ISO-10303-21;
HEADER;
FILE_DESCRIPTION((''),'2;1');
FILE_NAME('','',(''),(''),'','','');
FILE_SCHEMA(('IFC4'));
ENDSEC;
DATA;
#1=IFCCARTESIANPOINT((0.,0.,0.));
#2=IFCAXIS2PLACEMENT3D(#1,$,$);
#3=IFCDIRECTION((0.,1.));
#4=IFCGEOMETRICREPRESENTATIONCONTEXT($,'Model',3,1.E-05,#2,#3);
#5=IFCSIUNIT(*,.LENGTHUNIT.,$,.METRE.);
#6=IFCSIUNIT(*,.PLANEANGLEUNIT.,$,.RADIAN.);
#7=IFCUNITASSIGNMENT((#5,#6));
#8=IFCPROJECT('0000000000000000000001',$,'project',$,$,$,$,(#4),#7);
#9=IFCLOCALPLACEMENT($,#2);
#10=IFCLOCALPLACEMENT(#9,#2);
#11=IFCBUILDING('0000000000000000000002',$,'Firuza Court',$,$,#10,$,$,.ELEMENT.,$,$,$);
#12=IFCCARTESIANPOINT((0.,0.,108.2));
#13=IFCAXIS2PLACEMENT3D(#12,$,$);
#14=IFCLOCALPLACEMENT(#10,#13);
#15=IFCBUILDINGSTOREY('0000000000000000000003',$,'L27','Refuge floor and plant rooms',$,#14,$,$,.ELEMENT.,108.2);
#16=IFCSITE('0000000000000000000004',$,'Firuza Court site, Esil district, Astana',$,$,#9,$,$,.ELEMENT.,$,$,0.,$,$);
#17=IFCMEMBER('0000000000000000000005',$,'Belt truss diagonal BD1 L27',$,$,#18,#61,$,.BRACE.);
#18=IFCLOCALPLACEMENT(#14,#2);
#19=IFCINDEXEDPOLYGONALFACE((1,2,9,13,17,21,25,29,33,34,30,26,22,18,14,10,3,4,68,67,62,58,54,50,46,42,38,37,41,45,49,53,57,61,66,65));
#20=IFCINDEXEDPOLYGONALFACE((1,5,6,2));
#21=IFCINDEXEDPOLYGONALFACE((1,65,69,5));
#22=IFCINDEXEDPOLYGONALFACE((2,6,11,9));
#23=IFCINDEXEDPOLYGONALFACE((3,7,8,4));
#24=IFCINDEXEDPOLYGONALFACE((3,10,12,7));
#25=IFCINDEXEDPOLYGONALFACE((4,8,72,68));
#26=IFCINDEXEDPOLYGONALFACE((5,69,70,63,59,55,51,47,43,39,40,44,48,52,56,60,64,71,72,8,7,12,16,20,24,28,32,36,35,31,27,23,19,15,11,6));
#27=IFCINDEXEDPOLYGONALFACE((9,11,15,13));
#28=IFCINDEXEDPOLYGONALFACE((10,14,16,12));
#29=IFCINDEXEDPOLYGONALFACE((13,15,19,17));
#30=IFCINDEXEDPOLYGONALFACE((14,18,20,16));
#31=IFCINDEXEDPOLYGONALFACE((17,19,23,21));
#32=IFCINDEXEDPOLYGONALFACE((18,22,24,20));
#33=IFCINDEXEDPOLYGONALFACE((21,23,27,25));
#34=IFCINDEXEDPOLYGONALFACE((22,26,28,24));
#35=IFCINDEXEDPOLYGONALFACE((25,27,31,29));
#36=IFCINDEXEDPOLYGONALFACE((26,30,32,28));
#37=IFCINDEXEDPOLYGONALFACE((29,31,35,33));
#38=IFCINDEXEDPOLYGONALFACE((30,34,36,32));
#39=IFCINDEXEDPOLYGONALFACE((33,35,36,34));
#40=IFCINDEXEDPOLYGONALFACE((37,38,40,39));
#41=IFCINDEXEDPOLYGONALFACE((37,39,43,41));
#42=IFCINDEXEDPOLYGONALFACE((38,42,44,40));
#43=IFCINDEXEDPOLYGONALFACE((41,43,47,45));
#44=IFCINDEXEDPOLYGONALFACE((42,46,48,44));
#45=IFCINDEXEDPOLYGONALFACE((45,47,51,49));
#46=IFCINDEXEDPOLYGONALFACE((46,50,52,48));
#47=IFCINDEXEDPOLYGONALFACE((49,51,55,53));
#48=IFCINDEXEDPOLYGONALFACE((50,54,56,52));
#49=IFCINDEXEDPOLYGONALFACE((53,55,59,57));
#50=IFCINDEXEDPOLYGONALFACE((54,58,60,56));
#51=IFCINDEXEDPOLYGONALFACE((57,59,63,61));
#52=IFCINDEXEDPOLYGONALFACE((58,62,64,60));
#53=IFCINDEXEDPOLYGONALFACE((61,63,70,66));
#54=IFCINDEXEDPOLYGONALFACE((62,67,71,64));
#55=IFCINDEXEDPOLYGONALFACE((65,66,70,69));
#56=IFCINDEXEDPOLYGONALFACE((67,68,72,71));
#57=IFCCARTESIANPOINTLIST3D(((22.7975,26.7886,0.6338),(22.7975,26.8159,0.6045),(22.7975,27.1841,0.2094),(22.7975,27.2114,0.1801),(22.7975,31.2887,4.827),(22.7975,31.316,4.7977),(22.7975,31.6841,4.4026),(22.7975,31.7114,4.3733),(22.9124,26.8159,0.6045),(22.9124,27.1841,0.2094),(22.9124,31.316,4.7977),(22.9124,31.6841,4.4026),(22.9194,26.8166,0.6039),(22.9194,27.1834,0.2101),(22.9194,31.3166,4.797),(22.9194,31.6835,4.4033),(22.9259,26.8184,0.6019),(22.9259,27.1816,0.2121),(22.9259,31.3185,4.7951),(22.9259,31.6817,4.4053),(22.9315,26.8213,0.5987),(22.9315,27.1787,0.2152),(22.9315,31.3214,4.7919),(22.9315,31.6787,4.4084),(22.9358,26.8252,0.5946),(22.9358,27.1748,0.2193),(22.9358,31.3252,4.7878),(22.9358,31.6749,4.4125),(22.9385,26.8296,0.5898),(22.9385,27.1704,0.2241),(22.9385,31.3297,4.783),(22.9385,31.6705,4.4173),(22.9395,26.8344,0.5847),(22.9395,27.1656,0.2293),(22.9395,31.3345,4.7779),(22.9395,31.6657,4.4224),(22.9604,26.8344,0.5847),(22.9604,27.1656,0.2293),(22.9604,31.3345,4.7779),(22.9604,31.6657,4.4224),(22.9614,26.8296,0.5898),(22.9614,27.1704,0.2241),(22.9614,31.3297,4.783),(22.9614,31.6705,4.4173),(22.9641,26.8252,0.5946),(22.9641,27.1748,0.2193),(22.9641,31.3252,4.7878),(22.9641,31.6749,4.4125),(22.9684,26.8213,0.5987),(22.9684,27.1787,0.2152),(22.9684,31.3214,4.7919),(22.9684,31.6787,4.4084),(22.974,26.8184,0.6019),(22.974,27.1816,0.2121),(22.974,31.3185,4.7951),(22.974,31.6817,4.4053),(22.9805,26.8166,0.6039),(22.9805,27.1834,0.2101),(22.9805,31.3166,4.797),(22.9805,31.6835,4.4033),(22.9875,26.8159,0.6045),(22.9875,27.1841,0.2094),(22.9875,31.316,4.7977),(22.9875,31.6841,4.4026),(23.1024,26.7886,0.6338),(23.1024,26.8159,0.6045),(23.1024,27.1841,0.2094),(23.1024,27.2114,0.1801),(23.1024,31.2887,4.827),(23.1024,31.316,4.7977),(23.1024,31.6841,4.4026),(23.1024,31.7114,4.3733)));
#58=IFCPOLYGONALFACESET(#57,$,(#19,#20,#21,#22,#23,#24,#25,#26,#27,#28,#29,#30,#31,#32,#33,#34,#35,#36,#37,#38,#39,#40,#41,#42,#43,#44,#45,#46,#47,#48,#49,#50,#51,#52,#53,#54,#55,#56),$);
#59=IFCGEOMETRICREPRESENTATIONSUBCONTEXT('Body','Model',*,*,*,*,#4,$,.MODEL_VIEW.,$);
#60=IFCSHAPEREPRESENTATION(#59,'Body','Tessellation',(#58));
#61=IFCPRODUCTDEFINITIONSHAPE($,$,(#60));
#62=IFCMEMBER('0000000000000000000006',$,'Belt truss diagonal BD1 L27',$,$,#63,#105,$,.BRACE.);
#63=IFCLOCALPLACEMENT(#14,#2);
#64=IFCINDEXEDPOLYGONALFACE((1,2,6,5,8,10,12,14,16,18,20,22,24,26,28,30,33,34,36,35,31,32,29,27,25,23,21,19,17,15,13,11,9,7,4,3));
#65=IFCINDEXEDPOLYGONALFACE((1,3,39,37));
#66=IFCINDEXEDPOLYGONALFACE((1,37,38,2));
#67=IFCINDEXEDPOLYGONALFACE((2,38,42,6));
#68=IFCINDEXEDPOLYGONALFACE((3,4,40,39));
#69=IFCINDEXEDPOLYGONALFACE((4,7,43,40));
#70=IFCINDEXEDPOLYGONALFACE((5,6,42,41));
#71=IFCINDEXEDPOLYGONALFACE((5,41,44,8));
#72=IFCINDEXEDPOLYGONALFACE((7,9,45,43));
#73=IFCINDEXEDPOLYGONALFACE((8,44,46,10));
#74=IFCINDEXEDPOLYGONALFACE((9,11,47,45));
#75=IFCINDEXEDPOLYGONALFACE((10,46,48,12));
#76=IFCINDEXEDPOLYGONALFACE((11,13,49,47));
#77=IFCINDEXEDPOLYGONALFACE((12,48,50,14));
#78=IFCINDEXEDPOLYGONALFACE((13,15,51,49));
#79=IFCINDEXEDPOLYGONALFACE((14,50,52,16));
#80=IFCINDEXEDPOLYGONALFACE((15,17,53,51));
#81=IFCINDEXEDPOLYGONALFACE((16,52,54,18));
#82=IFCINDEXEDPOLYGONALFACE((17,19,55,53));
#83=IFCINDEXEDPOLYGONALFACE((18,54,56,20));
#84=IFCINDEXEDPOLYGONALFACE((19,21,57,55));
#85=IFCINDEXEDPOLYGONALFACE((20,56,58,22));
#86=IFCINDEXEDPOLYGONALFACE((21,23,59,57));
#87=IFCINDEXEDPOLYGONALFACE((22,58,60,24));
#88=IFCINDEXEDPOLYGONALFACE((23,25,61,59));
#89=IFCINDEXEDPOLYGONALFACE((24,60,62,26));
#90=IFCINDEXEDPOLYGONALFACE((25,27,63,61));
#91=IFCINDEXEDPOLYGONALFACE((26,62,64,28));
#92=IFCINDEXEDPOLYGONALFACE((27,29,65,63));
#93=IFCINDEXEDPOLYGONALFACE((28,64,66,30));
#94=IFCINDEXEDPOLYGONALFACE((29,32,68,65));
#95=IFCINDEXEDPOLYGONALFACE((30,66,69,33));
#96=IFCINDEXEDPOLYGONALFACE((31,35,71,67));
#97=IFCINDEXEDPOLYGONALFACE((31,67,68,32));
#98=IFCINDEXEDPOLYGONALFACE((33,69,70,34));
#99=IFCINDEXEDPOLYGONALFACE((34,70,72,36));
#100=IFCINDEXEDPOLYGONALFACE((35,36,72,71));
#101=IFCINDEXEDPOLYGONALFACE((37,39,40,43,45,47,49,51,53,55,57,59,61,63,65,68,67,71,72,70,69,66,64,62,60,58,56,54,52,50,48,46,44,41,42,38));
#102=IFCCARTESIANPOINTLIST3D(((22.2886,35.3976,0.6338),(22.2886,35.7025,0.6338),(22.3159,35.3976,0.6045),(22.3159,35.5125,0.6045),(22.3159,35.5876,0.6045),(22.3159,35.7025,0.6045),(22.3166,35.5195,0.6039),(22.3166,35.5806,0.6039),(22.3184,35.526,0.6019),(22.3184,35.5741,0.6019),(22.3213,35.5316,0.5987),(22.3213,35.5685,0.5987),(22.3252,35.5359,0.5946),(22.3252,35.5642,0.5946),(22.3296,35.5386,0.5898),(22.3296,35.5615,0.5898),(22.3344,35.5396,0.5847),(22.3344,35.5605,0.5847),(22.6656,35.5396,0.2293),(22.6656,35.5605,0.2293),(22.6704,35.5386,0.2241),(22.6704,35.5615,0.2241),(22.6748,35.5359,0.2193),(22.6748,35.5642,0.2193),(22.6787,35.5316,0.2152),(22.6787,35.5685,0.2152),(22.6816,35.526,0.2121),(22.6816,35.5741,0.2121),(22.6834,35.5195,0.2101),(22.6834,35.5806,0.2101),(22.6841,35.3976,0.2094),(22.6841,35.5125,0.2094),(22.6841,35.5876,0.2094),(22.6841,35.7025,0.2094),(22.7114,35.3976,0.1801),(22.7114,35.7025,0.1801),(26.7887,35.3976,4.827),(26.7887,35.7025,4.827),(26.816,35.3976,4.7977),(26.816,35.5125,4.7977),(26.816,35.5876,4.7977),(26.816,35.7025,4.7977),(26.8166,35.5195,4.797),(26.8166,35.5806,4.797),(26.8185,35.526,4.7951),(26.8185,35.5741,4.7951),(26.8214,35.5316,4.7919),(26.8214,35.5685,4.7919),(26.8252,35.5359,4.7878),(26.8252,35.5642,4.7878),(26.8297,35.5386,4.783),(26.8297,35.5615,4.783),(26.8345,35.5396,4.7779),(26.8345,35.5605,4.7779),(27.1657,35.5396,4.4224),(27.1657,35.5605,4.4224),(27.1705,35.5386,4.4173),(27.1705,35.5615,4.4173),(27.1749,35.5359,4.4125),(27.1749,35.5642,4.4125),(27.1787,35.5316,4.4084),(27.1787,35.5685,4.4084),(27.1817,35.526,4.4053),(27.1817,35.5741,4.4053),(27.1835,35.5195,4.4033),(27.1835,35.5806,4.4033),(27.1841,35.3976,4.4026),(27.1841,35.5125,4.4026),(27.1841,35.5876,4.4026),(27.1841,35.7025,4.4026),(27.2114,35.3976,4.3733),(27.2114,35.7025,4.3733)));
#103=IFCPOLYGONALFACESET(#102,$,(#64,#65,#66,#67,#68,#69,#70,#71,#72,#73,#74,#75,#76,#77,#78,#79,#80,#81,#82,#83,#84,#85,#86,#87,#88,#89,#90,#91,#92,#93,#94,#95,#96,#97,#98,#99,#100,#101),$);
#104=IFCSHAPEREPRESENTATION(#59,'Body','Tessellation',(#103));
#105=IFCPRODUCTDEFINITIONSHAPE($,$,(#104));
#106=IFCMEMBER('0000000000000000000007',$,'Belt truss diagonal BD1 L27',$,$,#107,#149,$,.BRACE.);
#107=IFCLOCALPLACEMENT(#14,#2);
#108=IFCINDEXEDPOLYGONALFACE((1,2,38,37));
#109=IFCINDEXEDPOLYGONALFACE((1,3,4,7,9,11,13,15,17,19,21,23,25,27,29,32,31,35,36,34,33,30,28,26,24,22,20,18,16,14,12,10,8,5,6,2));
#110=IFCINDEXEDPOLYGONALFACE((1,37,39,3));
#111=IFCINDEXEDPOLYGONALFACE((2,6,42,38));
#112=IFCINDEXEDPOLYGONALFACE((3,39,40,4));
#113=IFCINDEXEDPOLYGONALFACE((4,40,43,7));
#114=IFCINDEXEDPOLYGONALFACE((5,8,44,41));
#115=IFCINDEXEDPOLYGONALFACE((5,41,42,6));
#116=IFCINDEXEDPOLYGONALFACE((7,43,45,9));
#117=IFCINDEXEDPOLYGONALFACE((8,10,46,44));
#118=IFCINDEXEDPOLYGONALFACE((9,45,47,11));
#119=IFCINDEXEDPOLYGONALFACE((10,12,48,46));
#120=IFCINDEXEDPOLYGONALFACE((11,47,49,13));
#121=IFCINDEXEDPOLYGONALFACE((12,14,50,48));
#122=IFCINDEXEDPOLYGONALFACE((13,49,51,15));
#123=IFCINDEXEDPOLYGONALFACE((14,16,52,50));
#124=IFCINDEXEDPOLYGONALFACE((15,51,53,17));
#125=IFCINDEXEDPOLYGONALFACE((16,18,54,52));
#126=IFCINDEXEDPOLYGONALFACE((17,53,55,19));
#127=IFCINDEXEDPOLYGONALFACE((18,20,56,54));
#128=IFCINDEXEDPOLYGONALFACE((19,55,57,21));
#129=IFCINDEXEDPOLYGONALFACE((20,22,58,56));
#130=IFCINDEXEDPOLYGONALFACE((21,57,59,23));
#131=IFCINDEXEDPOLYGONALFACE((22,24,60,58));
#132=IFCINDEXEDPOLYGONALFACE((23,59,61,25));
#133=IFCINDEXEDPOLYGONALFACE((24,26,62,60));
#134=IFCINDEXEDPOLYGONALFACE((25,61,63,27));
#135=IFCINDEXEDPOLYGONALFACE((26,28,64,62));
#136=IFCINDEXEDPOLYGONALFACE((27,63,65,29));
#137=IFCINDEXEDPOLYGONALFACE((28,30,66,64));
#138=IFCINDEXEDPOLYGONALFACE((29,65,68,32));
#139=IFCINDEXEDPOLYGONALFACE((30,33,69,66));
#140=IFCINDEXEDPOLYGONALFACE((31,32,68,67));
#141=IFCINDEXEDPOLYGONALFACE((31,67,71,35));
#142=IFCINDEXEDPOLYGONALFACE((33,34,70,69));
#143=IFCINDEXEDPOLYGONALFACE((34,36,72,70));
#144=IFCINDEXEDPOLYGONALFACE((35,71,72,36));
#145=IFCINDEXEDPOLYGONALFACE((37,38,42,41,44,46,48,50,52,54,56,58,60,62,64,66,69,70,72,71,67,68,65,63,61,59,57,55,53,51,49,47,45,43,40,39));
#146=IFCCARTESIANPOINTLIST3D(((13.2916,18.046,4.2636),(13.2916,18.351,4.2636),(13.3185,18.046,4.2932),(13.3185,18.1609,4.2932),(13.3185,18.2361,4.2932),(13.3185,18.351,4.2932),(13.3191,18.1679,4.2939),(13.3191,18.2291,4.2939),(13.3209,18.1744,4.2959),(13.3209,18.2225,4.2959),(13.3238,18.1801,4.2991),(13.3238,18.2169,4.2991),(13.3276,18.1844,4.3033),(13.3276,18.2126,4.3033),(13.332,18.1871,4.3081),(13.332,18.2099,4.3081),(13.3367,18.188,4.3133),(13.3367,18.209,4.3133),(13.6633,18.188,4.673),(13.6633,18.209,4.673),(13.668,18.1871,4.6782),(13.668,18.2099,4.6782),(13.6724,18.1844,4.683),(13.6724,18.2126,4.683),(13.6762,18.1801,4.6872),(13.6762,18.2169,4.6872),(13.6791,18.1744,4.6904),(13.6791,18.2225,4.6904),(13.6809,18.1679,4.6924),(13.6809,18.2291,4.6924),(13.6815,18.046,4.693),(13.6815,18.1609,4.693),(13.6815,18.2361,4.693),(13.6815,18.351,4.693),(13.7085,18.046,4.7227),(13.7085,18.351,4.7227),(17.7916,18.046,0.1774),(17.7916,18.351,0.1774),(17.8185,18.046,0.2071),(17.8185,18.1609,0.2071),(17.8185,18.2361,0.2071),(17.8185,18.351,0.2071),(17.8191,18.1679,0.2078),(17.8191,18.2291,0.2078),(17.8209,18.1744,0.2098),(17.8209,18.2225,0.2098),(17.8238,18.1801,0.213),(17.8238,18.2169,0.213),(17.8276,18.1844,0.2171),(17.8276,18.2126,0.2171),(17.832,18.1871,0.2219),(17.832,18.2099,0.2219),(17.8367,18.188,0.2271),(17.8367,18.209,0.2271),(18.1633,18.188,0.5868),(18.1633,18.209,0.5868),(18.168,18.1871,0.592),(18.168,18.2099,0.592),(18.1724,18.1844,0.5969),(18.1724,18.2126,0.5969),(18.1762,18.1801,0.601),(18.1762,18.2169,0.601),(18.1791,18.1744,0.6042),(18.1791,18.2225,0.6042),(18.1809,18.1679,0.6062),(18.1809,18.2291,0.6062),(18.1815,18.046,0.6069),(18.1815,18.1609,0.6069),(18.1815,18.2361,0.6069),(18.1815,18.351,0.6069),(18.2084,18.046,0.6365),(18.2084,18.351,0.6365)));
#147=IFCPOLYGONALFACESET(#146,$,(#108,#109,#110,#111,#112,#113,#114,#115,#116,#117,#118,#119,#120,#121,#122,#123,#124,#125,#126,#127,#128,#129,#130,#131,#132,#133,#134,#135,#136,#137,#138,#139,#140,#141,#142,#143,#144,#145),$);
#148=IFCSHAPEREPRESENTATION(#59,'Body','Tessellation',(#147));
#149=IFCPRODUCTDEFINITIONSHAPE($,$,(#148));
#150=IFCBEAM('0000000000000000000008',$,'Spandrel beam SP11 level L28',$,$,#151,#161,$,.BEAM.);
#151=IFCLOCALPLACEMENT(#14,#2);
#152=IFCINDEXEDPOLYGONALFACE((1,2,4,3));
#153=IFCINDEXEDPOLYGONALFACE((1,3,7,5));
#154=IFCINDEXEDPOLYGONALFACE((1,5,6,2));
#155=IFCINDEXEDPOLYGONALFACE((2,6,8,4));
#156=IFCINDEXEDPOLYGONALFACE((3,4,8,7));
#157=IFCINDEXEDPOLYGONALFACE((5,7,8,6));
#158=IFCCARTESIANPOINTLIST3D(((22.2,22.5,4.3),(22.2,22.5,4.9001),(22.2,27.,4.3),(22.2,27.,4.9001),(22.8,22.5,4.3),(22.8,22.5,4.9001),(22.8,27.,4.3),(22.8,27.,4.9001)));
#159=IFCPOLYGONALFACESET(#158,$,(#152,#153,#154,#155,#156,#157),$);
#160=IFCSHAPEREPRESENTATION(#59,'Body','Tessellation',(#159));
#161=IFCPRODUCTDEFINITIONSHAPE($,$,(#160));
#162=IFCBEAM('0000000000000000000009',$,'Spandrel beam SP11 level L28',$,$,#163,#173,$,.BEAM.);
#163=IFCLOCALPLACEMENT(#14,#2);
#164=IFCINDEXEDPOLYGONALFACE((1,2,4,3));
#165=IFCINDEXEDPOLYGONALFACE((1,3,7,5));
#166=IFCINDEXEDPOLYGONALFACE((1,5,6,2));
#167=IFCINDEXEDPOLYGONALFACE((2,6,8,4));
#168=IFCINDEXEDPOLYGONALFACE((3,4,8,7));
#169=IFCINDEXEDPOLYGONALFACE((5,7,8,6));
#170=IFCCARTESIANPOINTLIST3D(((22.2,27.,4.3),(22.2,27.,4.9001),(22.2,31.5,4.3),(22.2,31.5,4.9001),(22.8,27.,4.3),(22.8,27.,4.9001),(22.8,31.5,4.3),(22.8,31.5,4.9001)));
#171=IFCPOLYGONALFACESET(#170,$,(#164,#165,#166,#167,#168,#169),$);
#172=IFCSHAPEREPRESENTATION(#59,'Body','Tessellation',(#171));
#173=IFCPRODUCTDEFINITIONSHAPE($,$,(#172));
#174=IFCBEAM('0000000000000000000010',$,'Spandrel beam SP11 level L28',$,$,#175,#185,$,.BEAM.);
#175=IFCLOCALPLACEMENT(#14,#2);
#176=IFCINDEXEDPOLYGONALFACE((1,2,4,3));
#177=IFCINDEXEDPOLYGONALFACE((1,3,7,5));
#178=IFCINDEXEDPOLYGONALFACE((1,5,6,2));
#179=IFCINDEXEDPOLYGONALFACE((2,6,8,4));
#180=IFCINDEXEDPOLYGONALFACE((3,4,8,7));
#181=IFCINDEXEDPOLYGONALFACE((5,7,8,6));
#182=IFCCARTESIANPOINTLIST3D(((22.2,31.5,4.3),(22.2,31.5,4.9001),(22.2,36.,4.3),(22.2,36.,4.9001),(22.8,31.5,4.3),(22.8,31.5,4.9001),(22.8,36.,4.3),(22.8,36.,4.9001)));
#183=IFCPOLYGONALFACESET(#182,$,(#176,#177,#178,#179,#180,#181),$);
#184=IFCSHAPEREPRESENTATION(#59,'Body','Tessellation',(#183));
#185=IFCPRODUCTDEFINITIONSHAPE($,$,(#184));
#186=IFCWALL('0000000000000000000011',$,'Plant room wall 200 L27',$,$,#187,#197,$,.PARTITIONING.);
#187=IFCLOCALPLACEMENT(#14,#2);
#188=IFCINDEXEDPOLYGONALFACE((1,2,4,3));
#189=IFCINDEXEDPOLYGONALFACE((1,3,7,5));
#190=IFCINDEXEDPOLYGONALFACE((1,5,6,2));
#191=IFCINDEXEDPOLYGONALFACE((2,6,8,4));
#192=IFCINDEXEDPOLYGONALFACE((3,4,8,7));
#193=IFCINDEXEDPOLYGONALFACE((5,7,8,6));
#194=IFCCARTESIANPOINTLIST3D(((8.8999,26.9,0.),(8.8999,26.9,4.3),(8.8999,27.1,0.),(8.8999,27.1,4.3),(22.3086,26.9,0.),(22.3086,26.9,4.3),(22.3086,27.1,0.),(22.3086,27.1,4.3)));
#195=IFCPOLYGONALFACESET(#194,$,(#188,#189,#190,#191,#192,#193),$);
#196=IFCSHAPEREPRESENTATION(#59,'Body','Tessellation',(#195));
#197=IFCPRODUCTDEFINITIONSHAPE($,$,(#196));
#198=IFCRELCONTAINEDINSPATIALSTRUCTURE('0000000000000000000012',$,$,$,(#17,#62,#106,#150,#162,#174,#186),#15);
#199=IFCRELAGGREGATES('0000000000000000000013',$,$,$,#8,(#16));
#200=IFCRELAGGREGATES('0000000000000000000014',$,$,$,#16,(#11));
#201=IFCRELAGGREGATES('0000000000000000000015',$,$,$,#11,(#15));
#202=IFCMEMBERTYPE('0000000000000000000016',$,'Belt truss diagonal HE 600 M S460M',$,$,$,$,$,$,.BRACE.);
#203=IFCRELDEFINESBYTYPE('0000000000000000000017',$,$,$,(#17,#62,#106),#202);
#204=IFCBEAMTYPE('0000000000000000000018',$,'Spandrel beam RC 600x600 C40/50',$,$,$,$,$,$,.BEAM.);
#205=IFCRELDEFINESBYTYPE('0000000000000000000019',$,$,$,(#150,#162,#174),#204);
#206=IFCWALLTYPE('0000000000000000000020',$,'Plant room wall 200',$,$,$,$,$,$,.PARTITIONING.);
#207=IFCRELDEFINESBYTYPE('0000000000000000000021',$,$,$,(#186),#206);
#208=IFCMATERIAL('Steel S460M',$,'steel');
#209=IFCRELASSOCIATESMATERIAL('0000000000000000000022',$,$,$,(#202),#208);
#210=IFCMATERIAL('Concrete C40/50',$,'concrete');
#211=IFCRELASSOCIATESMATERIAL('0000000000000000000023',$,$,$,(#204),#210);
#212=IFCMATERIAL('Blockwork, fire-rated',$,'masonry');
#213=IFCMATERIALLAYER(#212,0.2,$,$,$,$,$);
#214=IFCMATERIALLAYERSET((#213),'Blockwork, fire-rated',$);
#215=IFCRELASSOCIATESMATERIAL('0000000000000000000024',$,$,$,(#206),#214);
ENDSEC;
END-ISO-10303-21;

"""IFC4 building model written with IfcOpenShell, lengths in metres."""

from ifc_helpers import new_model, si_unit, direction, frame, frame_2d, origin, origin_2d, place, context, subcontext, project, spatial, rectangle, i_section, extrude, material, layer, layer_set, material_profile, profile_set, type_object, element, save


model = new_model("IFC4")

# Units and contexts
model_context = context("Model", 3, precision=1e-05, world=origin(), true_north=direction((0.0, 1.0)))
body_context = subcontext(model_context, "Body", "Model", "MODEL_VIEW")
ifc_project = project(units=[si_unit("LENGTHUNIT", "METRE"), si_unit("PLANEANGLEUNIT", "RADIAN")], contexts=[model_context])

# Site, building, storey
site_placement = place(None, origin())
site = spatial("IfcSite", under=ifc_project, at=site_placement, Name="Firuza Court site, Esil district, Astana", CompositionType="ELEMENT", RefElevation=0.0)
building_placement = place(site_placement, origin())
building = spatial("IfcBuilding", under=site, at=building_placement, Name="Firuza Court", CompositionType="ELEMENT")
storey_placement = place(building_placement, frame((0.0, 0.0, 108.2)))
storey = spatial("IfcBuildingStorey", under=building, at=storey_placement, Name="L27", Description="Refuge floor and plant rooms", CompositionType="ELEMENT", Elevation=108.2)

# Members
ifc_material_1 = material(Name="Steel S460M", Category="steel")
ifc_material_profile_1 = material_profile(ifc_material_1, i_section(OverallWidth=0.3049, OverallDepth=0.6201, WebThickness=0.021, FlangeThickness=0.04, FilletRadius=0.0271, at=origin_2d()), Name="HE 600 M")
ifc_profile_set_1 = profile_set([ifc_material_profile_1], Name="Steel S460M")
member_type_1 = type_object("IfcMemberType", Name="Belt truss diagonal HE 600 M S460M", PredefinedType="BRACE", material=ifc_profile_set_1)
for number, where, z_axis, x_axis, name in (
    (1, (22.95, 27.0, 0.407), (0.0, 0.731613, 0.68172), (-1.0, 0.0, 0.0), "Belt truss diagonal BD1 L27"),
    (2, (22.5, 35.55, 0.407), (0.731613, 0.0, 0.68172), (0.0, 1.0, 0.0), "Belt truss diagonal BD1 L27"),
):
    element("IfcMember", number, at=place(storey_placement, frame(where, z_axis=z_axis, x_axis=x_axis)), inside=storey, type_object=member_type_1, Name=name, PredefinedType="BRACE", context=body_context, shape_type="SweptSolid", body=[
        extrude(i_section(OverallWidth=0.3049, OverallDepth=0.6201, WebThickness=0.021, FlangeThickness=0.04, FilletRadius=0.0271, at=origin_2d()), origin(), (0.0, 0.0, 1.0), 6.1509),
    ])
member_placement = place(storey_placement, frame((18.0, 18.1985, 0.407), z_axis=(-0.740327, 0.0, 0.672247), x_axis=(0.0, -1.0, 0.0)))
element("IfcMember", 3, at=member_placement, inside=storey, type_object=member_type_1, Name="Belt truss diagonal BD1 L27", PredefinedType="BRACE", context=body_context, shape_type="SweptSolid", body=[
    extrude(i_section(OverallWidth=0.3049, OverallDepth=0.6201, WebThickness=0.021, FlangeThickness=0.04, FilletRadius=0.0271, at=origin_2d()), origin(), (0.0, 0.0, 1.0), 6.0784),
])

# Beams
ifc_material_2 = material(Name="Concrete C40/50", Category="concrete")
ifc_material_profile_2 = material_profile(ifc_material_2, rectangle(XDim=0.6001, YDim=0.6001, at=origin_2d()), Name="RC 600x600")
ifc_profile_set_2 = profile_set([ifc_material_profile_2], Name="Concrete C40/50")
beam_type_1 = type_object("IfcBeamType", Name="Spandrel beam RC 600x600 C40/50", PredefinedType="BEAM", material=ifc_profile_set_2)
for number, where, z_axis, x_axis, name in (
    (4, (22.5, 22.5, 4.6001), (0.0, 1.0, 0.0), (-1.0, 0.0, 0.0), "Spandrel beam SP11 level L28"),
    (5, (22.5, 27.0, 4.6001), (0.0, 1.0, 0.0), (-1.0, 0.0, 0.0), "Spandrel beam SP11 level L28"),
    (6, (22.5, 31.5, 4.6001), (0.0, 1.0, 0.0), (-1.0, 0.0, 0.0), "Spandrel beam SP11 level L28"),
):
    element("IfcBeam", number, at=place(storey_placement, frame(where, z_axis=z_axis, x_axis=x_axis)), inside=storey, type_object=beam_type_1, Name=name, PredefinedType="BEAM", context=body_context, shape_type="SweptSolid", body=[
        extrude(rectangle(XDim=0.6001, YDim=0.6001, at=origin_2d()), origin(), (0.0, 0.0, 1.0), 4.5),
    ])

# Wall
ifc_material_3 = material(Name="Blockwork, fire-rated", Category="masonry")
ifc_layer_1 = layer(ifc_material_3, 0.2)
ifc_layer_set_1 = layer_set([ifc_layer_1], Name="Blockwork, fire-rated")
wall_type_1 = type_object("IfcWallType", Name="Plant room wall 200", PredefinedType="PARTITIONING", material=ifc_layer_set_1)
wall_1_placement = place(storey_placement, frame((22.3086, 27.0, 0.0), z_axis=(0.0, 0.0, 1.0), x_axis=(-1.0, 0.0, 0.0)))
element("IfcWall", 7, at=wall_1_placement, inside=storey, type_object=wall_type_1, Name="Plant room wall 200 L27", PredefinedType="PARTITIONING", context=body_context, shape_type="SweptSolid", body=[
    extrude(rectangle(XDim=13.4087, YDim=0.2, at=frame_2d((6.7043, 0.0))), origin(), (0.0, 0.0, 1.0), 4.3),
])

save(model, "model.ifc")
